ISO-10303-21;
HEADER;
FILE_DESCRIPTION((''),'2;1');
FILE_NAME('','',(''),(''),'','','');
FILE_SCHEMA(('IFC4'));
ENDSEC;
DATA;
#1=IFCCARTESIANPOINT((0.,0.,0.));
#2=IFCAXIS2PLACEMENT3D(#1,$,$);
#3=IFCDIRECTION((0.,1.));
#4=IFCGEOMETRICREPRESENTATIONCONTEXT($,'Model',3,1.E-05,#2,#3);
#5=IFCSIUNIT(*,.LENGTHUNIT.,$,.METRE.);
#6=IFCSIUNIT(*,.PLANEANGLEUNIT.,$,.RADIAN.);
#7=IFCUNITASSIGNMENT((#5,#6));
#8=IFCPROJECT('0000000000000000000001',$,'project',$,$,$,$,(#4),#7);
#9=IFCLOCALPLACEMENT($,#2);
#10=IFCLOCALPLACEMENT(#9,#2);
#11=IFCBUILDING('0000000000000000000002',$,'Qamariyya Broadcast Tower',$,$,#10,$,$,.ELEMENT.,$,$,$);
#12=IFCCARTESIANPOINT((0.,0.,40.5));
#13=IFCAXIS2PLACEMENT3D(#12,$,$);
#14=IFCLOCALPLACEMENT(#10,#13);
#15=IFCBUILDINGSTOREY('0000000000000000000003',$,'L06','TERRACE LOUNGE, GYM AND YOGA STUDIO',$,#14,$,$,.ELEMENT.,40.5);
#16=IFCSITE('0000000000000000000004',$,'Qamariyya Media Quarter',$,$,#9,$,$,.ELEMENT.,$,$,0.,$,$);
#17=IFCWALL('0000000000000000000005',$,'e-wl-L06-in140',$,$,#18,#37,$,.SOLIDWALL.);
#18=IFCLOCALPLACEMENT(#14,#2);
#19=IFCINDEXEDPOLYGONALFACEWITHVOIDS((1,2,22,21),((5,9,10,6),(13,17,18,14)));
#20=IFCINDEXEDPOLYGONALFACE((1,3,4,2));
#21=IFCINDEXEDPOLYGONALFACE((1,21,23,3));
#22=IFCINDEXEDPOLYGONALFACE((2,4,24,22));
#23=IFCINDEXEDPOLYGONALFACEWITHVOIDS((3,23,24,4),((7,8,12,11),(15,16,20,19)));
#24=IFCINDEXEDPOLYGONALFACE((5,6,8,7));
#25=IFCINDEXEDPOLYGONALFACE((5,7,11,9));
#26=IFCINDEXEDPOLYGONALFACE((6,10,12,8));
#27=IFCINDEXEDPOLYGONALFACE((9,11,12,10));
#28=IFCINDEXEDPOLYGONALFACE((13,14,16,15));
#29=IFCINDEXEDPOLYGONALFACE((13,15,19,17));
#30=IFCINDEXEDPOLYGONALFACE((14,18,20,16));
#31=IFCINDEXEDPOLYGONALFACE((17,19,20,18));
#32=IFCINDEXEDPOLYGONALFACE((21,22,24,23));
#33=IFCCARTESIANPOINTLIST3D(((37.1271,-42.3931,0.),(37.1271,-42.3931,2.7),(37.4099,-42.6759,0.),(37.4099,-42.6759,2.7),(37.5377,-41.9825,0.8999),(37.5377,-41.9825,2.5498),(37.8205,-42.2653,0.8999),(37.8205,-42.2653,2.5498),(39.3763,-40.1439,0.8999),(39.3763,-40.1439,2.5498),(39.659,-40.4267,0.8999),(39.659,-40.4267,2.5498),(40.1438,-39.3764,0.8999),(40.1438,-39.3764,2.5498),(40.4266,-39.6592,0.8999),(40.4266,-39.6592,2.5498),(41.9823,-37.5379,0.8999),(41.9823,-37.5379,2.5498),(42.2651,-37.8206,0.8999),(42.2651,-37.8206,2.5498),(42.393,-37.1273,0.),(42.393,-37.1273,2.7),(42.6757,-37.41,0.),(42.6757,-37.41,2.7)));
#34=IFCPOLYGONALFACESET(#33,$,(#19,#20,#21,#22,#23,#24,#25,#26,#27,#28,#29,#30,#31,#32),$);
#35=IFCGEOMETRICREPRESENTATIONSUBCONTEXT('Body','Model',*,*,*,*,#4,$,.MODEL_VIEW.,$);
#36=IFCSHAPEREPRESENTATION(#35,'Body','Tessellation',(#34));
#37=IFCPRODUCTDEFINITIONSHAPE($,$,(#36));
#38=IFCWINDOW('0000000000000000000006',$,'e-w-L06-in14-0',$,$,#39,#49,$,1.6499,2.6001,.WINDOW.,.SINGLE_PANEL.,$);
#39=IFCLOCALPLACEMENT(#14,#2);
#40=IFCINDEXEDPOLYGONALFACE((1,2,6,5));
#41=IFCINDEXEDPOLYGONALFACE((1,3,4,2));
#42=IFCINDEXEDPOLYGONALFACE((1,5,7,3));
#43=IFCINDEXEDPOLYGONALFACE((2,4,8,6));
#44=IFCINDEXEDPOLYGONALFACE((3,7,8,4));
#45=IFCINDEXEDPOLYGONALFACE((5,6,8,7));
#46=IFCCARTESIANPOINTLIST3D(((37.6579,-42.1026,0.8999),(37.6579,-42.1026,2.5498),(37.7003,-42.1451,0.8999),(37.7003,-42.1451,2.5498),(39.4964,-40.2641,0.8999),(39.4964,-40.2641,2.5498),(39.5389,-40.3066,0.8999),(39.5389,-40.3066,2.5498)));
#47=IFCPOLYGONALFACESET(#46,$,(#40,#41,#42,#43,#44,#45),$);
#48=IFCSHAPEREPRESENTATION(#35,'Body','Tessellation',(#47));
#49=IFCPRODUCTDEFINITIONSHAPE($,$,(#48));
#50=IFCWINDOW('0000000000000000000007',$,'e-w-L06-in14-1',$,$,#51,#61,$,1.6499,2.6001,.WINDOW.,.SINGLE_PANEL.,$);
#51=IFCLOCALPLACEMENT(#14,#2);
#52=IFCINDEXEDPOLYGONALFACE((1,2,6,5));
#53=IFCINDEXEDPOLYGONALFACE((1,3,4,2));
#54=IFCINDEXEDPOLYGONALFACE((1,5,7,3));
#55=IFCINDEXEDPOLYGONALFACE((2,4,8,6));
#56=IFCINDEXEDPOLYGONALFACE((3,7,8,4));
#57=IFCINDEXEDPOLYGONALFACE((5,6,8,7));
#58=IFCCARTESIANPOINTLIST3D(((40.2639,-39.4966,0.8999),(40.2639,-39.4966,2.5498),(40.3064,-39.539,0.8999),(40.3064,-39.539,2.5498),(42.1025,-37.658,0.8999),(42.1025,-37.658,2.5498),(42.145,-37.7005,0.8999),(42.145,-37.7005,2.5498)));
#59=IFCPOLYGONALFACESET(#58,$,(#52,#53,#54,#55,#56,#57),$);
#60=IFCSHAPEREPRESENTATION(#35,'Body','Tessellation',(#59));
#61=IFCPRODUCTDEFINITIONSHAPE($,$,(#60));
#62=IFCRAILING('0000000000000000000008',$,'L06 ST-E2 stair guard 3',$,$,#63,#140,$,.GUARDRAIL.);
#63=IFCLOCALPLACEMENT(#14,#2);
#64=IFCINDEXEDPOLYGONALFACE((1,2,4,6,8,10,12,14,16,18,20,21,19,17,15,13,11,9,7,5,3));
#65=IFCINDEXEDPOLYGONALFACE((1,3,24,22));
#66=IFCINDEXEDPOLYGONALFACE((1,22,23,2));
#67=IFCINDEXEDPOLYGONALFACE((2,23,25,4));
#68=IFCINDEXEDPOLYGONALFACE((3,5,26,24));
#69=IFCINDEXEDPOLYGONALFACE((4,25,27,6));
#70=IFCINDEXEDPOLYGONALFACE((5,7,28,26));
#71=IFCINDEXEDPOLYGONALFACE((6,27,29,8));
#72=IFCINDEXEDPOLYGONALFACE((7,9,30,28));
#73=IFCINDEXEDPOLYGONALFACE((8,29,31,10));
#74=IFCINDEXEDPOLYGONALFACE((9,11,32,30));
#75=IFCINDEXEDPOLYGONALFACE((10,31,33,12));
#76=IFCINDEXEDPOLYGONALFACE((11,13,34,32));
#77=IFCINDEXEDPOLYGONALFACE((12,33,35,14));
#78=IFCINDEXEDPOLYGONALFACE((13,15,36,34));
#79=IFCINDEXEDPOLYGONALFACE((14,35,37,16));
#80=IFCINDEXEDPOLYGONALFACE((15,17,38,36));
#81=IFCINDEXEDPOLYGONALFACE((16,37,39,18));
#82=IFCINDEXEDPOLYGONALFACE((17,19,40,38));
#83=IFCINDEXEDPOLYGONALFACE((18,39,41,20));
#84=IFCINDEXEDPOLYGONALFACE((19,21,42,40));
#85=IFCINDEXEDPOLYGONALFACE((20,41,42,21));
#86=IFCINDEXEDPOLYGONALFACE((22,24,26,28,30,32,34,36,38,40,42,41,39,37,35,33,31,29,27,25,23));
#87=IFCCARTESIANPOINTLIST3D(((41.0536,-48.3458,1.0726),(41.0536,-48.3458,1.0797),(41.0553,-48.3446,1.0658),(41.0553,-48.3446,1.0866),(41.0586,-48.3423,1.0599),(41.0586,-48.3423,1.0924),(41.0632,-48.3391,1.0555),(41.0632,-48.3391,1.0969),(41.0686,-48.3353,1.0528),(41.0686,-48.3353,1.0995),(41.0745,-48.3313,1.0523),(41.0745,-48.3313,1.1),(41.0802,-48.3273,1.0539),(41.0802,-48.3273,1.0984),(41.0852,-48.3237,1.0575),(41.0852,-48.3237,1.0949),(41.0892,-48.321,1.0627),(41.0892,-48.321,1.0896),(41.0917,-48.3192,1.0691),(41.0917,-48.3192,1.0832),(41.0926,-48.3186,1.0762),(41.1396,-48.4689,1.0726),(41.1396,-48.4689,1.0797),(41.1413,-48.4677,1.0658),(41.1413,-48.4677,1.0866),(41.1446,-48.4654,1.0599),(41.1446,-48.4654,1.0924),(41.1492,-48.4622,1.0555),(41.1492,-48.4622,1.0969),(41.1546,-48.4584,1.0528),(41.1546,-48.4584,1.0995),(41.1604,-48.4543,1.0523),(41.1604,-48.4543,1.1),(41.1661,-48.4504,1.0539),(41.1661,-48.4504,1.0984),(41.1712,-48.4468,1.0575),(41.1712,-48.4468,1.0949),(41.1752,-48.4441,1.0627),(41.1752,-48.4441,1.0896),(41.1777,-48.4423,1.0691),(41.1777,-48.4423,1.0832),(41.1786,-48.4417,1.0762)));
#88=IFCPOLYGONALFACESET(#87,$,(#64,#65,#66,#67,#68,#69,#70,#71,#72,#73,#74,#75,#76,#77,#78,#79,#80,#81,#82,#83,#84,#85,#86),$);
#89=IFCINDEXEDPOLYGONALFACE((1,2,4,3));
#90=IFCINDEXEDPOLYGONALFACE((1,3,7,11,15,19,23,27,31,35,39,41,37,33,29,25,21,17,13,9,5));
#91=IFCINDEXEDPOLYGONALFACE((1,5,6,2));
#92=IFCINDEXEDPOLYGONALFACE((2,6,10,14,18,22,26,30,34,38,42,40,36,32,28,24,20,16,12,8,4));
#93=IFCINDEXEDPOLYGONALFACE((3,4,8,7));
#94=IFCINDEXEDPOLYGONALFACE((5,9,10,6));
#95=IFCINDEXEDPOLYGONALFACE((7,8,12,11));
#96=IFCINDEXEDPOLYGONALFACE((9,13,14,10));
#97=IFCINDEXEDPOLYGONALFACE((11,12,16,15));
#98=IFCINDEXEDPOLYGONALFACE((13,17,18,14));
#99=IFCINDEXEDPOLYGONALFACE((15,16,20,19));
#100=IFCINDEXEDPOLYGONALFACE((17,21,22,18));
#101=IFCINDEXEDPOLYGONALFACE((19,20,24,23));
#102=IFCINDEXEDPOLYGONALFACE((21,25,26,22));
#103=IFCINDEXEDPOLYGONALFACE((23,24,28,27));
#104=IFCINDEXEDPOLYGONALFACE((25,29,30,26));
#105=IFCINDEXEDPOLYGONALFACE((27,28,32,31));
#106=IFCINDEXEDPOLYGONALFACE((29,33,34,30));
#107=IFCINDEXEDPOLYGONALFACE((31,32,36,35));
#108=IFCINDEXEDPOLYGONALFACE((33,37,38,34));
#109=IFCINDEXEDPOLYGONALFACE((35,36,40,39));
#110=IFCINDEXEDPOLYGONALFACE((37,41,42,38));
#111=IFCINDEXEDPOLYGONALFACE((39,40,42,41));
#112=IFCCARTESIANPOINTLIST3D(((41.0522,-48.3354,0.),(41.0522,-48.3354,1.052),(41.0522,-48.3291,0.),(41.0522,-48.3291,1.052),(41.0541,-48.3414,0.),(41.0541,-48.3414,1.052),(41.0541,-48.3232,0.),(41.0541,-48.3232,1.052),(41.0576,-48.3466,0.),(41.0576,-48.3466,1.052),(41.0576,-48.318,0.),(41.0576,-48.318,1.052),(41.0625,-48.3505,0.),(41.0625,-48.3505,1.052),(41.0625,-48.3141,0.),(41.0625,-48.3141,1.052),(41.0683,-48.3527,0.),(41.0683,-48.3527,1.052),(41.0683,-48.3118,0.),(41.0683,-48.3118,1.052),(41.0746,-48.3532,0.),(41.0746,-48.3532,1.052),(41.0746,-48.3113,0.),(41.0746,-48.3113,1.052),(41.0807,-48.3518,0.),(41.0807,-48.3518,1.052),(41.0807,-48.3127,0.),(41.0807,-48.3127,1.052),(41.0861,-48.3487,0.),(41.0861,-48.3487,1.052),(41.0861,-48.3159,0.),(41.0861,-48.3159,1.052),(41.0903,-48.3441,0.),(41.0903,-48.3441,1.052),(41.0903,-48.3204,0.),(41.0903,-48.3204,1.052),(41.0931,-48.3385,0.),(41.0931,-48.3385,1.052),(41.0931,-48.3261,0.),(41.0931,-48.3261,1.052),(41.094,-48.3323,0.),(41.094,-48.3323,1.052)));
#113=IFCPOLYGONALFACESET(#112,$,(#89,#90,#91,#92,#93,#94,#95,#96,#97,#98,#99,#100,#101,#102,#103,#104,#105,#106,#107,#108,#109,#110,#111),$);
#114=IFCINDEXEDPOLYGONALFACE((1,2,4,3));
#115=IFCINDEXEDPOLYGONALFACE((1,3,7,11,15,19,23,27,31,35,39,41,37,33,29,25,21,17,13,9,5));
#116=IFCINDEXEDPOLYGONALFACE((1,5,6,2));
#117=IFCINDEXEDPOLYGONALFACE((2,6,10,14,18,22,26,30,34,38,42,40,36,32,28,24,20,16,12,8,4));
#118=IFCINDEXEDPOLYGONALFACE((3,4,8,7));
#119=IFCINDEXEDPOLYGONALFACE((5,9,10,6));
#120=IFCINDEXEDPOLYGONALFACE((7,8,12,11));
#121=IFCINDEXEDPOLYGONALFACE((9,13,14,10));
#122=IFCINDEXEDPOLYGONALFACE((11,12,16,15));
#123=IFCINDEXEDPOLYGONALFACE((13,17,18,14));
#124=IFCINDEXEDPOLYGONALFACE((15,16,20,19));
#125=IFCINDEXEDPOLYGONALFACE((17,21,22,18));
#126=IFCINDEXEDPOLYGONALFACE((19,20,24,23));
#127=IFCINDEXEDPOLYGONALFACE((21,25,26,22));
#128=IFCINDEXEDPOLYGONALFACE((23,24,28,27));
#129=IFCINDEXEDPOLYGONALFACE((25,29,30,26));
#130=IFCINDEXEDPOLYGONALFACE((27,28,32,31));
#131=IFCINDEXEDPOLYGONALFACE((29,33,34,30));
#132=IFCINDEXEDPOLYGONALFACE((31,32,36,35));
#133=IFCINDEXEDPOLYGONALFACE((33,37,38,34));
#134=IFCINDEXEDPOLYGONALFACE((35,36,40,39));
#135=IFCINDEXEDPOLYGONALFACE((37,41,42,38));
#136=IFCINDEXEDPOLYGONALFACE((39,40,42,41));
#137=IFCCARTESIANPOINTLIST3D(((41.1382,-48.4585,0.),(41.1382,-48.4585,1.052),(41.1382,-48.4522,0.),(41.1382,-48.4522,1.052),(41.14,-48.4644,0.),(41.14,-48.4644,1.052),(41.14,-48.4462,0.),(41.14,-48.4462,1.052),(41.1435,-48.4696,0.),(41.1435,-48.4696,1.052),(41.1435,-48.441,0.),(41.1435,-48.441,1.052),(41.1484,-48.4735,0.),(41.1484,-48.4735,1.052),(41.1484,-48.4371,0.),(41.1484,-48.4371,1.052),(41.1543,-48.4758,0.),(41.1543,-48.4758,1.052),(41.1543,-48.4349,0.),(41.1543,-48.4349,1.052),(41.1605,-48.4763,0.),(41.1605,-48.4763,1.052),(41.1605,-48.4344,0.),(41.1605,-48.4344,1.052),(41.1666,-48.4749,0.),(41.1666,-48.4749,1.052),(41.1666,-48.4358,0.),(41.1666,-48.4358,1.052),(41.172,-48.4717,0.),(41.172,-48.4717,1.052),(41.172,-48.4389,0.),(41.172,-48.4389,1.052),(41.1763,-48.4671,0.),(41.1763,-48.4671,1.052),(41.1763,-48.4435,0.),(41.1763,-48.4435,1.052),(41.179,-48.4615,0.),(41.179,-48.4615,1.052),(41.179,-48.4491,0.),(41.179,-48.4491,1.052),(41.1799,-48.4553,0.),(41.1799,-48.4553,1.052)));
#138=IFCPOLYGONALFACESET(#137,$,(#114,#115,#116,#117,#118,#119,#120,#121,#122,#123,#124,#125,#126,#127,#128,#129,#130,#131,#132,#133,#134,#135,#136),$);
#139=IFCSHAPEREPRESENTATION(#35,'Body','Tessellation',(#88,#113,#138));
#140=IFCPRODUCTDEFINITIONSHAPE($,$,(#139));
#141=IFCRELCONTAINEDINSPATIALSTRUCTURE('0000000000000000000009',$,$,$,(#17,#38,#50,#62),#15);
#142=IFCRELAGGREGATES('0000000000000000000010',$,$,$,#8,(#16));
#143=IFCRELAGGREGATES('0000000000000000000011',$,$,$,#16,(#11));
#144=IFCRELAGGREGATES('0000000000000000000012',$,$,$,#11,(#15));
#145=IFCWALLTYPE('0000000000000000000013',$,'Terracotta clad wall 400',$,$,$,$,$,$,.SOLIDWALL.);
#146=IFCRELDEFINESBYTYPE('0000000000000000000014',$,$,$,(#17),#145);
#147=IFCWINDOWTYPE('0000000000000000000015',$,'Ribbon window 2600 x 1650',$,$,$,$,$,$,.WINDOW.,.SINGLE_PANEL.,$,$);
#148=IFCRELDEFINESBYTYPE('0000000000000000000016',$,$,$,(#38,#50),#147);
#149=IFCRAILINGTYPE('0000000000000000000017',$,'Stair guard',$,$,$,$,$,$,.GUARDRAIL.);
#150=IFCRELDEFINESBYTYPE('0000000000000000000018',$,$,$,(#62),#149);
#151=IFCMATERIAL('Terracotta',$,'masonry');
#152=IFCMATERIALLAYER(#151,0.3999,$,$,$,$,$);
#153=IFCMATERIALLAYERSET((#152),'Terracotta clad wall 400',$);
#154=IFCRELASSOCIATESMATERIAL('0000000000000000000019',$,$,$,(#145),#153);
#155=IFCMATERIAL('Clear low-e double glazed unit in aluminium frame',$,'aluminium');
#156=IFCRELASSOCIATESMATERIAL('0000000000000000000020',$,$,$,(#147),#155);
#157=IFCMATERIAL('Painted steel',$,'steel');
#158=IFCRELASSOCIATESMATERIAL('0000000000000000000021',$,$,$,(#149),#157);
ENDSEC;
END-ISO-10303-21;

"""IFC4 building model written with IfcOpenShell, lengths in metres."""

from ifc_helpers import new_model, si_unit, direction, frame, frame_2d, origin, origin_2d, place, context, subcontext, project, spatial, rectangle, circle, extrude, material, layer, layer_set, type_object, element, fill, save


model = new_model("IFC4")

# Units and contexts
model_context = context("Model", 3, precision=1e-05, world=origin(), true_north=direction((0.0, 1.0)))
body_context = subcontext(model_context, "Body", "Model", "MODEL_VIEW")
ifc_project = project(units=[si_unit("LENGTHUNIT", "METRE"), si_unit("PLANEANGLEUNIT", "RADIAN")], contexts=[model_context])

# Site, building, storey
site_placement = place(None, origin())
site = spatial("IfcSite", under=ifc_project, at=site_placement, Name="Qamariyya Media Quarter", CompositionType="ELEMENT", RefElevation=0.0)
building_placement = place(site_placement, origin())
building = spatial("IfcBuilding", under=site, at=building_placement, Name="Qamariyya Broadcast Tower", CompositionType="ELEMENT")
storey_placement = place(building_placement, frame((0.0, 0.0, 40.5)))
storey = spatial("IfcBuildingStorey", under=building, at=storey_placement, Name="L06", Description="TERRACE LOUNGE, GYM AND YOGA STUDIO", CompositionType="ELEMENT", Elevation=40.5)

# Shared definitions
ifc_material_1 = material(Name="Terracotta", Category="masonry")
ifc_layer_1 = layer(ifc_material_1, 0.3999)
ifc_layer_set_1 = layer_set([ifc_layer_1], Name="Terracotta clad wall 400")
wall_type_1 = type_object("IfcWallType", Name="Terracotta clad wall 400", PredefinedType="SOLIDWALL", material=ifc_layer_set_1)
ifc_material_2 = material(Name="Clear low-e double glazed unit in aluminium frame", Category="aluminium")

# Wall, openings, windows
wall_1_placement = place(storey_placement, frame((42.5344, -37.2686, 0.0), z_axis=(0.0, 0.0, 1.0), x_axis=(-0.707107, -0.707107, 0.0)))
wall_1 = element("IfcWall", 1, at=wall_1_placement, inside=storey, type_object=wall_type_1, Name="e-wl-L06-in140", PredefinedType="SOLIDWALL", context=body_context, shape_type="SweptSolid", body=[
    extrude(rectangle(XDim=7.447, YDim=0.3999, at=frame_2d((3.7236, 0.0))), origin(), (0.0, 0.0, 1.0), 2.7),
])
opening_1_placement = place(wall_1_placement, frame((4.2664, 0.0, 0.8999)))
opening_1 = element("IfcOpeningElement", 2, at=opening_1_placement, cuts=wall_1, PredefinedType="OPENING", context=body_context, shape_type="SweptSolid", body=[
    extrude(rectangle(XDim=2.6001, YDim=1.6499, at=frame_2d((1.3, 0.825))), frame((0.0, 0.21, 0.0), z_axis=(0.0, -1.0, 0.0), x_axis=(1.0, 0.0, 0.0)), (0.0, 0.0, 1.0), 0.4199),
])
opening_2_placement = place(wall_1_placement, frame((0.5808, 0.0, 0.8999)))
opening_2 = element("IfcOpeningElement", 3, at=opening_2_placement, cuts=wall_1, PredefinedType="OPENING", context=body_context, shape_type="SweptSolid", body=[
    extrude(rectangle(XDim=2.6001, YDim=1.6499, at=frame_2d((1.3, 0.825))), frame((0.0, 0.21, 0.0), z_axis=(0.0, -1.0, 0.0), x_axis=(1.0, 0.0, 0.0)), (0.0, 0.0, 1.0), 0.4199),
])
window_type_1 = type_object("IfcWindowType", Name="Ribbon window 2600 x 1650", PartitioningType="SINGLE_PANEL", PredefinedType="WINDOW", material=ifc_material_2)
window_1_placement = place(opening_1_placement, origin())
window_1 = element("IfcWindow", 4, at=window_1_placement, inside=storey, type_object=window_type_1, Name="e-w-L06-in14-0", OverallHeight=1.6499, OverallWidth=2.6001, PartitioningType="SINGLE_PANEL", PredefinedType="WINDOW", context=body_context, shape_type="SweptSolid", body=[
    extrude(rectangle(XDim=2.6001, YDim=1.6499, at=frame_2d((1.3, 0.825))), frame((0.0, 0.03, 0.0), z_axis=(0.0, -1.0, 0.0), x_axis=(1.0, 0.0, 0.0)), (0.0, 0.0, 1.0), 0.0601),
])
fill(opening_1, window_1)
window_2_placement = place(opening_2_placement, origin())
window_2 = element("IfcWindow", 5, at=window_2_placement, inside=storey, type_object=window_type_1, Name="e-w-L06-in14-1", OverallHeight=1.6499, OverallWidth=2.6001, PartitioningType="SINGLE_PANEL", PredefinedType="WINDOW", context=body_context, shape_type="SweptSolid", body=[
    extrude(rectangle(XDim=2.6001, YDim=1.6499, at=frame_2d((1.3, 0.825))), frame((0.0, 0.03, 0.0), z_axis=(0.0, -1.0, 0.0), x_axis=(1.0, 0.0, 0.0)), (0.0, 0.0, 1.0), 0.0601),
])
fill(opening_2, window_2)

# Railing
ifc_material_3 = material(Name="Painted steel", Category="steel")
railing_type_1 = type_object("IfcRailingType", Name="Stair guard", PredefinedType="GUARDRAIL", material=ifc_material_3)
railing_1_placement = place(storey_placement, frame((41.073, -48.3323, 0.0)))
element("IfcRailing", 6, at=railing_1_placement, inside=storey, type_object=railing_type_1, Name="L06 ST-E2 stair guard 3", PredefinedType="GUARDRAIL", context=body_context, shape_type="SweptSolid", body=[
    extrude(circle(Radius=0.0239, at=origin_2d()), frame((0.0, 0.0, 1.0762), z_axis=(0.572589, -0.819843, 0.0), x_axis=(0.819843, 0.572589, 0.0)), (0.0, 0.0, 1.0), 0.1501),
    extrude(circle(Radius=0.021, at=origin_2d()), origin(), (0.0, 0.0, 1.0), 1.052),
    extrude(circle(Radius=0.021, at=origin_2d()), frame((0.0859, -0.123, 0.0)), (0.0, 0.0, 1.0), 1.052),
])

save(model, "model.ifc")
